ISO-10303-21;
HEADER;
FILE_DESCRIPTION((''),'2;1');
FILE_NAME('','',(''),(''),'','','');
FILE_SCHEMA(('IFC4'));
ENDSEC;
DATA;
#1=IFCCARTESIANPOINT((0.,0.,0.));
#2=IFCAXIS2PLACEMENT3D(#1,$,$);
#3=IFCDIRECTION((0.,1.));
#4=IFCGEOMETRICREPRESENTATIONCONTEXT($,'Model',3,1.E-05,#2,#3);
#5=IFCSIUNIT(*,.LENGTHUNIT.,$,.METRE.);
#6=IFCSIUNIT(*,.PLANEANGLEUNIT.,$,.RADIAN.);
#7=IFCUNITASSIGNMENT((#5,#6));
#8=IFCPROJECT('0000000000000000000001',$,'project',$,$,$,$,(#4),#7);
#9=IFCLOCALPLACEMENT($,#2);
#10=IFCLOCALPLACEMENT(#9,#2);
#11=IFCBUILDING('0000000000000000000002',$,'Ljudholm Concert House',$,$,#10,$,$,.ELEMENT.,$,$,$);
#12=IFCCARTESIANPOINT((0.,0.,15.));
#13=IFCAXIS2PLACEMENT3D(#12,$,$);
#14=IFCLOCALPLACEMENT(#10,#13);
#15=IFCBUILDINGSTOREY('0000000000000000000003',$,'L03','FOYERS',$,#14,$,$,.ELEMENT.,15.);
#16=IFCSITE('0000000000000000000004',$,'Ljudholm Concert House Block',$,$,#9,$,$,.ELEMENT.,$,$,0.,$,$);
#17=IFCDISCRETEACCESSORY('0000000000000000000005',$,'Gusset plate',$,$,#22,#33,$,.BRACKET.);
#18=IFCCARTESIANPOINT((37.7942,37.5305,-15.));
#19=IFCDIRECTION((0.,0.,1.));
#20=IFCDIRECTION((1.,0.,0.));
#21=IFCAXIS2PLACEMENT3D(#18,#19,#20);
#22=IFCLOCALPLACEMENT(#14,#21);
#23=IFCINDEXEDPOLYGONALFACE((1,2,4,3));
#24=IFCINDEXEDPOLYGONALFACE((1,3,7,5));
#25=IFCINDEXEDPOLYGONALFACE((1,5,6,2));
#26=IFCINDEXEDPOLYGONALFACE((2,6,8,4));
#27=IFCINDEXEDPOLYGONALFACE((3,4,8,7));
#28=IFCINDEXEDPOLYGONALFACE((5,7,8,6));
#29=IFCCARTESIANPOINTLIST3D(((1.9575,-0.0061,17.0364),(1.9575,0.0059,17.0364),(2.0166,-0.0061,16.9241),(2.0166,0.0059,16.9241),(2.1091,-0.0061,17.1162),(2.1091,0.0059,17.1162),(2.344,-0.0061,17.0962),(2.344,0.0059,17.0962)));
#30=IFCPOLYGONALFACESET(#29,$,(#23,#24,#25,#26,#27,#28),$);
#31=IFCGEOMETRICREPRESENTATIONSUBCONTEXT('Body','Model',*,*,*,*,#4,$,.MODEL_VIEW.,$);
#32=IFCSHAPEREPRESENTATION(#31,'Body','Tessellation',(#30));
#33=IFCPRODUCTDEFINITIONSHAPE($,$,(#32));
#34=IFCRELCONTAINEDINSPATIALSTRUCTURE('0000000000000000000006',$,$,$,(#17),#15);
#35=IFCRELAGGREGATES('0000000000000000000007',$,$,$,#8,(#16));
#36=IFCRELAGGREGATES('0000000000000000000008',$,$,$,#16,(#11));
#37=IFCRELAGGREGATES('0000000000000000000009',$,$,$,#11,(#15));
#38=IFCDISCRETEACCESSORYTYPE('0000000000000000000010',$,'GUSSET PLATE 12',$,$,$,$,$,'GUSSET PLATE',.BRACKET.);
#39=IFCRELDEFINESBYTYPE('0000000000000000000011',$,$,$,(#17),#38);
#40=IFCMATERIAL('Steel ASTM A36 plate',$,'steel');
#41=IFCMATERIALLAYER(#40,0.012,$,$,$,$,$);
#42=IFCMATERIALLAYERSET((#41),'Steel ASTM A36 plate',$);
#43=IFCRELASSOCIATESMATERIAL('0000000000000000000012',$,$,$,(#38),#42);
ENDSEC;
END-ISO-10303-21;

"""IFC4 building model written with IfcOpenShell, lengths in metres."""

from ifc_helpers import new_model, si_unit, direction, frame, origin, place, context, subcontext, project, spatial, polyline, outline, extrude, material, layer, layer_set, type_object, element, save


model = new_model("IFC4")

# Units and contexts
model_context = context("Model", 3, precision=1e-05, world=origin(), true_north=direction((0.0, 1.0)))
body_context = subcontext(model_context, "Body", "Model", "MODEL_VIEW")
ifc_project = project(units=[si_unit("LENGTHUNIT", "METRE"), si_unit("PLANEANGLEUNIT", "RADIAN")], contexts=[model_context])

# Site, building, storey
site_placement = place(None, origin())
site = spatial("IfcSite", under=ifc_project, at=site_placement, Name="Ljudholm Concert House Block", CompositionType="ELEMENT", RefElevation=0.0)
building_placement = place(site_placement, origin())
building = spatial("IfcBuilding", under=site, at=building_placement, Name="Ljudholm Concert House", CompositionType="ELEMENT")
storey_placement = place(building_placement, frame((0.0, 0.0, 15.0)))
storey = spatial("IfcBuildingStorey", under=building, at=storey_placement, Name="L03", Description="FOYERS", CompositionType="ELEMENT", Elevation=15.0)

# Discrete accessory
ifc_material_1 = material(Name="Steel ASTM A36 plate", Category="steel")
ifc_layer_1 = layer(ifc_material_1, 0.012)
ifc_layer_set_1 = layer_set([ifc_layer_1], Name="Steel ASTM A36 plate")
discrete_accessory_type_1 = type_object("IfcDiscreteAccessoryType", Name="GUSSET PLATE 12", ElementType="GUSSET PLATE", PredefinedType="BRACKET", material=ifc_layer_set_1)
discrete_accessory_1_placement = place(storey_placement, frame((37.7942, 37.5305, -15.0), z_axis=(0.0, 0.0, 1.0), x_axis=(1.0, 0.0, 0.0)))
element("IfcDiscreteAccessory", 1, at=discrete_accessory_1_placement, inside=storey, type_object=discrete_accessory_type_1, Name="Gusset plate", PredefinedType="BRACKET", context=body_context, shape_type="SweptSolid", body=[
    extrude(outline(polyline([(1.9575, 17.0364), (2.1091, 17.1162), (2.344, 17.0962), (2.0166, 16.9241), (1.9575, 17.0364)])), frame((0.0, 0.0059, 0.0), z_axis=(0.0, -1.0, 0.0), x_axis=(1.0, 0.0, 0.0)), (0.0, 0.0, 1.0), 0.012),
])

save(model, "model.ifc")
